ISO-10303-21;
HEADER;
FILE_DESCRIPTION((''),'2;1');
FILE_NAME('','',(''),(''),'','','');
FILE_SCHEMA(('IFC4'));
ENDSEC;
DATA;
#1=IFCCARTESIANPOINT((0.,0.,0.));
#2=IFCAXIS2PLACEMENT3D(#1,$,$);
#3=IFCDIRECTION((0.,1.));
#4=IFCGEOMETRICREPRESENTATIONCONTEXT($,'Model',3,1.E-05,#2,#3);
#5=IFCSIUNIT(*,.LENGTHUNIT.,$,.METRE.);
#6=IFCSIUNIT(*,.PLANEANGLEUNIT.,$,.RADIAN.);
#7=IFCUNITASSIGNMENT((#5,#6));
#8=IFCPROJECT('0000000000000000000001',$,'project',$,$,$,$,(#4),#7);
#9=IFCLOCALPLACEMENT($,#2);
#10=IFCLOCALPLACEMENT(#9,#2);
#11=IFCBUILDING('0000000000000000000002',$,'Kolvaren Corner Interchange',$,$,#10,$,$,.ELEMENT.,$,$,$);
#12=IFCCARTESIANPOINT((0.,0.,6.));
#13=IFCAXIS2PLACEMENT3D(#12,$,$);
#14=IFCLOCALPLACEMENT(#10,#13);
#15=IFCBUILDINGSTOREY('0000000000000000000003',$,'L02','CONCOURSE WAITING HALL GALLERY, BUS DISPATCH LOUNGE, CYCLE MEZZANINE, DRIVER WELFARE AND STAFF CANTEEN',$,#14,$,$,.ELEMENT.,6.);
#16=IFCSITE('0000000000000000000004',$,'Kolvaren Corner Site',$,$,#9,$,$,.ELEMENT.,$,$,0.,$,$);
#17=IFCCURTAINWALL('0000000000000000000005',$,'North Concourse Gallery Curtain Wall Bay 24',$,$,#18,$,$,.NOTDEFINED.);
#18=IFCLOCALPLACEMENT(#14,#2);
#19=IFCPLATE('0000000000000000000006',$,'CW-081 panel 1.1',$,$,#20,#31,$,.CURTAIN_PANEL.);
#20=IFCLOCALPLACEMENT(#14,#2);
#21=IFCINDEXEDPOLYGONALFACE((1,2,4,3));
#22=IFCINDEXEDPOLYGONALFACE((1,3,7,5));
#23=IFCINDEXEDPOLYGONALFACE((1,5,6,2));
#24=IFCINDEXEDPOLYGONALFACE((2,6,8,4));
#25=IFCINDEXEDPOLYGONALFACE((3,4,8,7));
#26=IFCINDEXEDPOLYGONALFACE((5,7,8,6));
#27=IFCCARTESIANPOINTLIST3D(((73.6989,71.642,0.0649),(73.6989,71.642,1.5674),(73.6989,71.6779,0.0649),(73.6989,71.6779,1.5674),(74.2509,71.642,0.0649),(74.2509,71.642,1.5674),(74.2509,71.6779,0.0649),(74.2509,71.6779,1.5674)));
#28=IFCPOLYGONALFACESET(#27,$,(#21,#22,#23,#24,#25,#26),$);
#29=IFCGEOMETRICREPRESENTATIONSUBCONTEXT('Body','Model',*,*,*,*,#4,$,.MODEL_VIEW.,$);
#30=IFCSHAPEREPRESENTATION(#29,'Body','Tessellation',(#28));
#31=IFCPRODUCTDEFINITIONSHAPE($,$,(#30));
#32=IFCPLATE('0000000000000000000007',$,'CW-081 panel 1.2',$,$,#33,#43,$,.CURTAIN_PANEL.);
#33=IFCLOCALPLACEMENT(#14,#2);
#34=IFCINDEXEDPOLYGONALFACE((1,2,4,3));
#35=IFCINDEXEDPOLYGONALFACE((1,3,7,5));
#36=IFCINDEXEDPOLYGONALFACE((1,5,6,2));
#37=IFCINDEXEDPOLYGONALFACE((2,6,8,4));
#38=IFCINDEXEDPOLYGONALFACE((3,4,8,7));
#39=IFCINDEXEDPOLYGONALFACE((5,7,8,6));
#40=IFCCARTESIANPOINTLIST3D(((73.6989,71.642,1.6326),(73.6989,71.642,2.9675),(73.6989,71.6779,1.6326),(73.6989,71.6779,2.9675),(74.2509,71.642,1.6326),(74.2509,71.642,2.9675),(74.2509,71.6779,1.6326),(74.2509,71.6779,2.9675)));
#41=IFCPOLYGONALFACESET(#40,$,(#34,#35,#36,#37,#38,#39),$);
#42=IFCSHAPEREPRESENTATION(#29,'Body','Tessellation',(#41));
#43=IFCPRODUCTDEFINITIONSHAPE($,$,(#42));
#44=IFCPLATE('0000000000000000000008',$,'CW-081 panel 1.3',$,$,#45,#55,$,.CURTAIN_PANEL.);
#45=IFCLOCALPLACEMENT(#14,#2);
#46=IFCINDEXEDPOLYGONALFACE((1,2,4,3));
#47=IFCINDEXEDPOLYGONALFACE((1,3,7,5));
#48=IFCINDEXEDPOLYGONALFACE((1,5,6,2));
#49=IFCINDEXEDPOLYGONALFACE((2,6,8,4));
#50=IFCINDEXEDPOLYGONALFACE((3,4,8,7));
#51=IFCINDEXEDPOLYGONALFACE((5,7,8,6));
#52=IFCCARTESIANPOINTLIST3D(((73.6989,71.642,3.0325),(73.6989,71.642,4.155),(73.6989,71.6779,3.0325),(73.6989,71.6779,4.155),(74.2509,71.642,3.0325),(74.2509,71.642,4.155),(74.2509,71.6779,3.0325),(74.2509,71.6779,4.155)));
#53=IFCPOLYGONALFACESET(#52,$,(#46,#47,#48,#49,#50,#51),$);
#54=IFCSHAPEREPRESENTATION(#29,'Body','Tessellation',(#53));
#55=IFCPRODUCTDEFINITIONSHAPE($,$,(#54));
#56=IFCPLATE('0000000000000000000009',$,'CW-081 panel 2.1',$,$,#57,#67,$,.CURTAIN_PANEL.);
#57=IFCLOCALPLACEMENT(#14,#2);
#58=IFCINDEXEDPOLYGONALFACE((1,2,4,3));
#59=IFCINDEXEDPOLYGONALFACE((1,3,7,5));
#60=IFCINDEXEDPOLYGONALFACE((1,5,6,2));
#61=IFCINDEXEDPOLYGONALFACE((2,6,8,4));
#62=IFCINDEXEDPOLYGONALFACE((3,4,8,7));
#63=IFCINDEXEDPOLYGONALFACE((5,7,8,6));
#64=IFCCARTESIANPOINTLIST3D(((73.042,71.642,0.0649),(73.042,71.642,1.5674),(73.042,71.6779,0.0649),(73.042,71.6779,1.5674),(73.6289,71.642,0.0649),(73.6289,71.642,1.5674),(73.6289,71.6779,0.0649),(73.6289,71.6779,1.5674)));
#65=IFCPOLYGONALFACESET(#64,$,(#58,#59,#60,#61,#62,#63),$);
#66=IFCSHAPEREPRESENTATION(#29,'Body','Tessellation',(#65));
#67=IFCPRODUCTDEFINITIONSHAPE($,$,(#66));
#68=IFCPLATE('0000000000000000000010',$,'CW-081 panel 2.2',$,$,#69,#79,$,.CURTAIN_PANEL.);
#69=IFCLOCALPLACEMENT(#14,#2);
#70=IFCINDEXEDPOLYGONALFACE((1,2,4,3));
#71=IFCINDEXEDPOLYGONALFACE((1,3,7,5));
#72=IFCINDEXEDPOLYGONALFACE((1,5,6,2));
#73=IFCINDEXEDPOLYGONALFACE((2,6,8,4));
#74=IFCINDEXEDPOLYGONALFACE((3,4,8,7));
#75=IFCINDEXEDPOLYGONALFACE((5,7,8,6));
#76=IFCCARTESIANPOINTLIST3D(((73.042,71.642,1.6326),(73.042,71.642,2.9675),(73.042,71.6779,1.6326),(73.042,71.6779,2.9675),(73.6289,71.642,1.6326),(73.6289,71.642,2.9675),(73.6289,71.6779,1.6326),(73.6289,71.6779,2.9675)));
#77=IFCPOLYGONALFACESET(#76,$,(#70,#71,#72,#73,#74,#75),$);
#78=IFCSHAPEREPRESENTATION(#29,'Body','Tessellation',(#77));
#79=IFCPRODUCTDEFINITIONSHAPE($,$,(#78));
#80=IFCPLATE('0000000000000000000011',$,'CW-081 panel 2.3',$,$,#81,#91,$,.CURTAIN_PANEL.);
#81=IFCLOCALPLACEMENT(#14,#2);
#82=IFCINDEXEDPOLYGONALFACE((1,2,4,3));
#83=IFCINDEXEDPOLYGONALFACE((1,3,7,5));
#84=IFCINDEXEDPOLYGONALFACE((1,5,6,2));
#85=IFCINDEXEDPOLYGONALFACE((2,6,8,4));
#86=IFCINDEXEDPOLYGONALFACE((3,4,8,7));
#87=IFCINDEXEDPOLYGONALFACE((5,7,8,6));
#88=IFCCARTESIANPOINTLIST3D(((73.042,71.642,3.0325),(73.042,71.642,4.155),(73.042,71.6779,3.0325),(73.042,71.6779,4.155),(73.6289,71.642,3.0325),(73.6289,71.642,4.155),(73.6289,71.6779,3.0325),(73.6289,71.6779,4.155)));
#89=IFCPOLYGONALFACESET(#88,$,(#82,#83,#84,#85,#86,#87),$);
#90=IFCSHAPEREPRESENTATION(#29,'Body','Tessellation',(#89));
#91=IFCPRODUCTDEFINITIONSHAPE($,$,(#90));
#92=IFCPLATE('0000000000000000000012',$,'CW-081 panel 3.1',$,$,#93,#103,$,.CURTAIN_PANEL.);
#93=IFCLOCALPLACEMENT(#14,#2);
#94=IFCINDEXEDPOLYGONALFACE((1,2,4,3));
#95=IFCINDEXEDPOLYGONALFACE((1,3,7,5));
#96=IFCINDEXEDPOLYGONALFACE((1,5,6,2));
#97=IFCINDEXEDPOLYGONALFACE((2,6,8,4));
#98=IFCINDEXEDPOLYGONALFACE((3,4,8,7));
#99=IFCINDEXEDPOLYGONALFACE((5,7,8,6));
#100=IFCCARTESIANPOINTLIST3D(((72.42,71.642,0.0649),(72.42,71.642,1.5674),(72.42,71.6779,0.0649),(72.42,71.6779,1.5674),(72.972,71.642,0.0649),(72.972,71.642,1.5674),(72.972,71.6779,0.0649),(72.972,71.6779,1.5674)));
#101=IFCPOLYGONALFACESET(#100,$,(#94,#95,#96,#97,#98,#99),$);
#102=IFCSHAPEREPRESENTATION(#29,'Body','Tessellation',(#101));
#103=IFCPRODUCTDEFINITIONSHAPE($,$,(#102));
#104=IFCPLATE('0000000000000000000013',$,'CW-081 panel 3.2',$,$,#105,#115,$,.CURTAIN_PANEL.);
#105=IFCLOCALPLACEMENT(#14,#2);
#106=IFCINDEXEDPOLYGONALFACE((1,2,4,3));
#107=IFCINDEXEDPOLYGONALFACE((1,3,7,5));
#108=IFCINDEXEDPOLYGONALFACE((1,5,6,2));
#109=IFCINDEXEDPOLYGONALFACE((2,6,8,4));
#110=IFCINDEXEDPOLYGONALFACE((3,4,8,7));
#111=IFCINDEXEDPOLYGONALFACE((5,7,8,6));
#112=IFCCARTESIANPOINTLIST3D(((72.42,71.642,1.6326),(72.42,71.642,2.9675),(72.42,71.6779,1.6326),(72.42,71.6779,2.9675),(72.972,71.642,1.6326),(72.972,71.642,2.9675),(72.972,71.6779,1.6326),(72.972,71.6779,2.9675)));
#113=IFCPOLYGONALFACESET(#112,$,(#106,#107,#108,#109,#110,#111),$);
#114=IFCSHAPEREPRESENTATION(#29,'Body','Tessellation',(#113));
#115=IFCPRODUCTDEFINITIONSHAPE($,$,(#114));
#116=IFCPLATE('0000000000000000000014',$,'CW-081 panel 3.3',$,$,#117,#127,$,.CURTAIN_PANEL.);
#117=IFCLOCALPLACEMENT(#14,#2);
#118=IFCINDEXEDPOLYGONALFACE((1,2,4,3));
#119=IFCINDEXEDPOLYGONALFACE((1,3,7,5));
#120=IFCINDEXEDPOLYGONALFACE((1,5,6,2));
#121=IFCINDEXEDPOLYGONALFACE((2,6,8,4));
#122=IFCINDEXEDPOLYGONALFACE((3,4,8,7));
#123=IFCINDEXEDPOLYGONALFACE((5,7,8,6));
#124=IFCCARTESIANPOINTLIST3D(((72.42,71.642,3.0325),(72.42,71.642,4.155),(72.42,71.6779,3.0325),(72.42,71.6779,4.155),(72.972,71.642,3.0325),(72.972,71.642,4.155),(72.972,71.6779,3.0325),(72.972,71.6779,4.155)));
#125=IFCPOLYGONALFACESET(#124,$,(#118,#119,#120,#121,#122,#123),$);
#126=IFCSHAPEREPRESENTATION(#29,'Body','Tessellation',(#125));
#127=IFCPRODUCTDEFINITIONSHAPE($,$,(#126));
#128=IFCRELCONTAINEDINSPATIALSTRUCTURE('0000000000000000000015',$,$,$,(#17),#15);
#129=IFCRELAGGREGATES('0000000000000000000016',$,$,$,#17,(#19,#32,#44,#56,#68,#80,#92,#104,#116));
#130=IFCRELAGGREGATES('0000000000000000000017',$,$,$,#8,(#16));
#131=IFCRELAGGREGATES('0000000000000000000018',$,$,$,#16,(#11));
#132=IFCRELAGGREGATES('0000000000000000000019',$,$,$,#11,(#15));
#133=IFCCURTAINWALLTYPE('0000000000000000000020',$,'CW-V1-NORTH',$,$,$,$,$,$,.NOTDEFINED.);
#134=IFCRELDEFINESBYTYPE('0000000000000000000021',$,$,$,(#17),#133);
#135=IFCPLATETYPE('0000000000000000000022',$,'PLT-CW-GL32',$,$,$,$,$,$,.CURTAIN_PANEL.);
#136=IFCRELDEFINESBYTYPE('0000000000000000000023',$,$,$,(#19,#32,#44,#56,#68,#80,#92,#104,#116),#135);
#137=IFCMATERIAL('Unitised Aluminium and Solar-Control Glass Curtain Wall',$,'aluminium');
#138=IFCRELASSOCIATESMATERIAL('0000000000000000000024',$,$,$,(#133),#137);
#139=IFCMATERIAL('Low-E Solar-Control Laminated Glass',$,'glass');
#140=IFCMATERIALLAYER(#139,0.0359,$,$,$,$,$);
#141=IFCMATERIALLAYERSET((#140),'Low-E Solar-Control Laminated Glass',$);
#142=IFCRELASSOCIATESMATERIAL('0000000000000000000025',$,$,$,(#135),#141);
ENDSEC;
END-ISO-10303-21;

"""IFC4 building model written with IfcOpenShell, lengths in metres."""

from ifc_helpers import new_model, si_unit, direction, frame, origin, origin_2d, place, context, subcontext, project, spatial, rectangle, extrude, material, layer, layer_set, type_object, element, aggregate, save


model = new_model("IFC4")

# Units and contexts
model_context = context("Model", 3, precision=1e-05, world=origin(), true_north=direction((0.0, 1.0)))
body_context = subcontext(model_context, "Body", "Model", "MODEL_VIEW")
ifc_project = project(units=[si_unit("LENGTHUNIT", "METRE"), si_unit("PLANEANGLEUNIT", "RADIAN")], contexts=[model_context])

# Site, building, storey
site_placement = place(None, origin())
site = spatial("IfcSite", under=ifc_project, at=site_placement, Name="Kolvaren Corner Site", CompositionType="ELEMENT", RefElevation=0.0)
building_placement = place(site_placement, origin())
building = spatial("IfcBuilding", under=site, at=building_placement, Name="Kolvaren Corner Interchange", CompositionType="ELEMENT")
storey_placement = place(building_placement, frame((0.0, 0.0, 6.0)))
storey = spatial("IfcBuildingStorey", under=building, at=storey_placement, Name="L02", Description="CONCOURSE WAITING HALL GALLERY, BUS DISPATCH LOUNGE, CYCLE MEZZANINE, DRIVER WELFARE AND STAFF CANTEEN", CompositionType="ELEMENT", Elevation=6.0)

# Curtain wall, plates
ifc_material_1 = material(Name="Unitised Aluminium and Solar-Control Glass Curtain Wall", Category="aluminium")
curtain_wall_type = type_object("IfcCurtainWallType", Name="CW-V1-NORTH", PredefinedType="NOTDEFINED", material=ifc_material_1)
curtain_wall_placement = place(storey_placement, origin())
curtain_wall = element("IfcCurtainWall", 1, at=curtain_wall_placement, inside=storey, type_object=curtain_wall_type, Name="North Concourse Gallery Curtain Wall Bay 24", PredefinedType="NOTDEFINED")
ifc_material_2 = material(Name="Low-E Solar-Control Laminated Glass", Category="glass")
ifc_layer = layer(ifc_material_2, 0.0359)
ifc_layer_set = layer_set([ifc_layer], Name="Low-E Solar-Control Laminated Glass")
plate_type = type_object("IfcPlateType", Name="PLT-CW-GL32", PredefinedType="CURTAIN_PANEL", material=ifc_layer_set)
plate_1_placement = place(storey_placement, frame((73.9749, 71.6599, 0.0649), z_axis=(0.0, 0.0, 1.0), x_axis=(-1.0, 0.0, 0.0)))
plate_1 = element("IfcPlate", 2, at=plate_1_placement, type_object=plate_type, Name="CW-081 panel 1.1", PredefinedType="CURTAIN_PANEL", context=body_context, shape_type="SweptSolid", body=[
    extrude(rectangle(XDim=0.552, YDim=0.0359, at=origin_2d()), origin(), (0.0, 0.0, 1.0), 1.5024),
])
plate_2_placement = place(storey_placement, frame((73.9749, 71.6599, 1.6326), z_axis=(0.0, 0.0, 1.0), x_axis=(-1.0, 0.0, 0.0)))
plate_2 = element("IfcPlate", 3, at=plate_2_placement, type_object=plate_type, Name="CW-081 panel 1.2", PredefinedType="CURTAIN_PANEL", context=body_context, shape_type="SweptSolid", body=[
    extrude(rectangle(XDim=0.552, YDim=0.0359, at=origin_2d()), origin(), (0.0, 0.0, 1.0), 1.335),
])
plate_3_placement = place(storey_placement, frame((73.9749, 71.6599, 3.0325), z_axis=(0.0, 0.0, 1.0), x_axis=(-1.0, 0.0, 0.0)))
plate_3 = element("IfcPlate", 4, at=plate_3_placement, type_object=plate_type, Name="CW-081 panel 1.3", PredefinedType="CURTAIN_PANEL", context=body_context, shape_type="SweptSolid", body=[
    extrude(rectangle(XDim=0.552, YDim=0.0359, at=origin_2d()), origin(), (0.0, 0.0, 1.0), 1.1226),
])
plate_4_placement = place(storey_placement, frame((73.3354, 71.6599, 0.0649), z_axis=(0.0, 0.0, 1.0), x_axis=(-1.0, 0.0, 0.0)))
plate_4 = element("IfcPlate", 5, at=plate_4_placement, type_object=plate_type, Name="CW-081 panel 2.1", PredefinedType="CURTAIN_PANEL", context=body_context, shape_type="SweptSolid", body=[
    extrude(rectangle(XDim=0.5869, YDim=0.0359, at=origin_2d()), origin(), (0.0, 0.0, 1.0), 1.5024),
])
plate_5_placement = place(storey_placement, frame((73.3354, 71.6599, 1.6326), z_axis=(0.0, 0.0, 1.0), x_axis=(-1.0, 0.0, 0.0)))
plate_5 = element("IfcPlate", 6, at=plate_5_placement, type_object=plate_type, Name="CW-081 panel 2.2", PredefinedType="CURTAIN_PANEL", context=body_context, shape_type="SweptSolid", body=[
    extrude(rectangle(XDim=0.5869, YDim=0.0359, at=origin_2d()), origin(), (0.0, 0.0, 1.0), 1.335),
])
plate_6_placement = place(storey_placement, frame((73.3354, 71.6599, 3.0325), z_axis=(0.0, 0.0, 1.0), x_axis=(-1.0, 0.0, 0.0)))
plate_6 = element("IfcPlate", 7, at=plate_6_placement, type_object=plate_type, Name="CW-081 panel 2.3", PredefinedType="CURTAIN_PANEL", context=body_context, shape_type="SweptSolid", body=[
    extrude(rectangle(XDim=0.5869, YDim=0.0359, at=origin_2d()), origin(), (0.0, 0.0, 1.0), 1.1226),
])
plate_7_placement = place(storey_placement, frame((72.696, 71.6599, 0.0649), z_axis=(0.0, 0.0, 1.0), x_axis=(-1.0, 0.0, 0.0)))
plate_7 = element("IfcPlate", 8, at=plate_7_placement, type_object=plate_type, Name="CW-081 panel 3.1", PredefinedType="CURTAIN_PANEL", context=body_context, shape_type="SweptSolid", body=[
    extrude(rectangle(XDim=0.552, YDim=0.0359, at=origin_2d()), origin(), (0.0, 0.0, 1.0), 1.5024),
])
plate_8_placement = place(storey_placement, frame((72.696, 71.6599, 1.6326), z_axis=(0.0, 0.0, 1.0), x_axis=(-1.0, 0.0, 0.0)))
plate_8 = element("IfcPlate", 9, at=plate_8_placement, type_object=plate_type, Name="CW-081 panel 3.2", PredefinedType="CURTAIN_PANEL", context=body_context, shape_type="SweptSolid", body=[
    extrude(rectangle(XDim=0.552, YDim=0.0359, at=origin_2d()), origin(), (0.0, 0.0, 1.0), 1.335),
])
plate_9_placement = place(storey_placement, frame((72.696, 71.6599, 3.0325), z_axis=(0.0, 0.0, 1.0), x_axis=(-1.0, 0.0, 0.0)))
plate_9 = element("IfcPlate", 10, at=plate_9_placement, type_object=plate_type, Name="CW-081 panel 3.3", PredefinedType="CURTAIN_PANEL", context=body_context, shape_type="SweptSolid", body=[
    extrude(rectangle(XDim=0.552, YDim=0.0359, at=origin_2d()), origin(), (0.0, 0.0, 1.0), 1.1226),
])
aggregate(curtain_wall, [plate_1, plate_2, plate_3, plate_4, plate_5, plate_6, plate_7, plate_8, plate_9])

save(model, "model.ifc")
